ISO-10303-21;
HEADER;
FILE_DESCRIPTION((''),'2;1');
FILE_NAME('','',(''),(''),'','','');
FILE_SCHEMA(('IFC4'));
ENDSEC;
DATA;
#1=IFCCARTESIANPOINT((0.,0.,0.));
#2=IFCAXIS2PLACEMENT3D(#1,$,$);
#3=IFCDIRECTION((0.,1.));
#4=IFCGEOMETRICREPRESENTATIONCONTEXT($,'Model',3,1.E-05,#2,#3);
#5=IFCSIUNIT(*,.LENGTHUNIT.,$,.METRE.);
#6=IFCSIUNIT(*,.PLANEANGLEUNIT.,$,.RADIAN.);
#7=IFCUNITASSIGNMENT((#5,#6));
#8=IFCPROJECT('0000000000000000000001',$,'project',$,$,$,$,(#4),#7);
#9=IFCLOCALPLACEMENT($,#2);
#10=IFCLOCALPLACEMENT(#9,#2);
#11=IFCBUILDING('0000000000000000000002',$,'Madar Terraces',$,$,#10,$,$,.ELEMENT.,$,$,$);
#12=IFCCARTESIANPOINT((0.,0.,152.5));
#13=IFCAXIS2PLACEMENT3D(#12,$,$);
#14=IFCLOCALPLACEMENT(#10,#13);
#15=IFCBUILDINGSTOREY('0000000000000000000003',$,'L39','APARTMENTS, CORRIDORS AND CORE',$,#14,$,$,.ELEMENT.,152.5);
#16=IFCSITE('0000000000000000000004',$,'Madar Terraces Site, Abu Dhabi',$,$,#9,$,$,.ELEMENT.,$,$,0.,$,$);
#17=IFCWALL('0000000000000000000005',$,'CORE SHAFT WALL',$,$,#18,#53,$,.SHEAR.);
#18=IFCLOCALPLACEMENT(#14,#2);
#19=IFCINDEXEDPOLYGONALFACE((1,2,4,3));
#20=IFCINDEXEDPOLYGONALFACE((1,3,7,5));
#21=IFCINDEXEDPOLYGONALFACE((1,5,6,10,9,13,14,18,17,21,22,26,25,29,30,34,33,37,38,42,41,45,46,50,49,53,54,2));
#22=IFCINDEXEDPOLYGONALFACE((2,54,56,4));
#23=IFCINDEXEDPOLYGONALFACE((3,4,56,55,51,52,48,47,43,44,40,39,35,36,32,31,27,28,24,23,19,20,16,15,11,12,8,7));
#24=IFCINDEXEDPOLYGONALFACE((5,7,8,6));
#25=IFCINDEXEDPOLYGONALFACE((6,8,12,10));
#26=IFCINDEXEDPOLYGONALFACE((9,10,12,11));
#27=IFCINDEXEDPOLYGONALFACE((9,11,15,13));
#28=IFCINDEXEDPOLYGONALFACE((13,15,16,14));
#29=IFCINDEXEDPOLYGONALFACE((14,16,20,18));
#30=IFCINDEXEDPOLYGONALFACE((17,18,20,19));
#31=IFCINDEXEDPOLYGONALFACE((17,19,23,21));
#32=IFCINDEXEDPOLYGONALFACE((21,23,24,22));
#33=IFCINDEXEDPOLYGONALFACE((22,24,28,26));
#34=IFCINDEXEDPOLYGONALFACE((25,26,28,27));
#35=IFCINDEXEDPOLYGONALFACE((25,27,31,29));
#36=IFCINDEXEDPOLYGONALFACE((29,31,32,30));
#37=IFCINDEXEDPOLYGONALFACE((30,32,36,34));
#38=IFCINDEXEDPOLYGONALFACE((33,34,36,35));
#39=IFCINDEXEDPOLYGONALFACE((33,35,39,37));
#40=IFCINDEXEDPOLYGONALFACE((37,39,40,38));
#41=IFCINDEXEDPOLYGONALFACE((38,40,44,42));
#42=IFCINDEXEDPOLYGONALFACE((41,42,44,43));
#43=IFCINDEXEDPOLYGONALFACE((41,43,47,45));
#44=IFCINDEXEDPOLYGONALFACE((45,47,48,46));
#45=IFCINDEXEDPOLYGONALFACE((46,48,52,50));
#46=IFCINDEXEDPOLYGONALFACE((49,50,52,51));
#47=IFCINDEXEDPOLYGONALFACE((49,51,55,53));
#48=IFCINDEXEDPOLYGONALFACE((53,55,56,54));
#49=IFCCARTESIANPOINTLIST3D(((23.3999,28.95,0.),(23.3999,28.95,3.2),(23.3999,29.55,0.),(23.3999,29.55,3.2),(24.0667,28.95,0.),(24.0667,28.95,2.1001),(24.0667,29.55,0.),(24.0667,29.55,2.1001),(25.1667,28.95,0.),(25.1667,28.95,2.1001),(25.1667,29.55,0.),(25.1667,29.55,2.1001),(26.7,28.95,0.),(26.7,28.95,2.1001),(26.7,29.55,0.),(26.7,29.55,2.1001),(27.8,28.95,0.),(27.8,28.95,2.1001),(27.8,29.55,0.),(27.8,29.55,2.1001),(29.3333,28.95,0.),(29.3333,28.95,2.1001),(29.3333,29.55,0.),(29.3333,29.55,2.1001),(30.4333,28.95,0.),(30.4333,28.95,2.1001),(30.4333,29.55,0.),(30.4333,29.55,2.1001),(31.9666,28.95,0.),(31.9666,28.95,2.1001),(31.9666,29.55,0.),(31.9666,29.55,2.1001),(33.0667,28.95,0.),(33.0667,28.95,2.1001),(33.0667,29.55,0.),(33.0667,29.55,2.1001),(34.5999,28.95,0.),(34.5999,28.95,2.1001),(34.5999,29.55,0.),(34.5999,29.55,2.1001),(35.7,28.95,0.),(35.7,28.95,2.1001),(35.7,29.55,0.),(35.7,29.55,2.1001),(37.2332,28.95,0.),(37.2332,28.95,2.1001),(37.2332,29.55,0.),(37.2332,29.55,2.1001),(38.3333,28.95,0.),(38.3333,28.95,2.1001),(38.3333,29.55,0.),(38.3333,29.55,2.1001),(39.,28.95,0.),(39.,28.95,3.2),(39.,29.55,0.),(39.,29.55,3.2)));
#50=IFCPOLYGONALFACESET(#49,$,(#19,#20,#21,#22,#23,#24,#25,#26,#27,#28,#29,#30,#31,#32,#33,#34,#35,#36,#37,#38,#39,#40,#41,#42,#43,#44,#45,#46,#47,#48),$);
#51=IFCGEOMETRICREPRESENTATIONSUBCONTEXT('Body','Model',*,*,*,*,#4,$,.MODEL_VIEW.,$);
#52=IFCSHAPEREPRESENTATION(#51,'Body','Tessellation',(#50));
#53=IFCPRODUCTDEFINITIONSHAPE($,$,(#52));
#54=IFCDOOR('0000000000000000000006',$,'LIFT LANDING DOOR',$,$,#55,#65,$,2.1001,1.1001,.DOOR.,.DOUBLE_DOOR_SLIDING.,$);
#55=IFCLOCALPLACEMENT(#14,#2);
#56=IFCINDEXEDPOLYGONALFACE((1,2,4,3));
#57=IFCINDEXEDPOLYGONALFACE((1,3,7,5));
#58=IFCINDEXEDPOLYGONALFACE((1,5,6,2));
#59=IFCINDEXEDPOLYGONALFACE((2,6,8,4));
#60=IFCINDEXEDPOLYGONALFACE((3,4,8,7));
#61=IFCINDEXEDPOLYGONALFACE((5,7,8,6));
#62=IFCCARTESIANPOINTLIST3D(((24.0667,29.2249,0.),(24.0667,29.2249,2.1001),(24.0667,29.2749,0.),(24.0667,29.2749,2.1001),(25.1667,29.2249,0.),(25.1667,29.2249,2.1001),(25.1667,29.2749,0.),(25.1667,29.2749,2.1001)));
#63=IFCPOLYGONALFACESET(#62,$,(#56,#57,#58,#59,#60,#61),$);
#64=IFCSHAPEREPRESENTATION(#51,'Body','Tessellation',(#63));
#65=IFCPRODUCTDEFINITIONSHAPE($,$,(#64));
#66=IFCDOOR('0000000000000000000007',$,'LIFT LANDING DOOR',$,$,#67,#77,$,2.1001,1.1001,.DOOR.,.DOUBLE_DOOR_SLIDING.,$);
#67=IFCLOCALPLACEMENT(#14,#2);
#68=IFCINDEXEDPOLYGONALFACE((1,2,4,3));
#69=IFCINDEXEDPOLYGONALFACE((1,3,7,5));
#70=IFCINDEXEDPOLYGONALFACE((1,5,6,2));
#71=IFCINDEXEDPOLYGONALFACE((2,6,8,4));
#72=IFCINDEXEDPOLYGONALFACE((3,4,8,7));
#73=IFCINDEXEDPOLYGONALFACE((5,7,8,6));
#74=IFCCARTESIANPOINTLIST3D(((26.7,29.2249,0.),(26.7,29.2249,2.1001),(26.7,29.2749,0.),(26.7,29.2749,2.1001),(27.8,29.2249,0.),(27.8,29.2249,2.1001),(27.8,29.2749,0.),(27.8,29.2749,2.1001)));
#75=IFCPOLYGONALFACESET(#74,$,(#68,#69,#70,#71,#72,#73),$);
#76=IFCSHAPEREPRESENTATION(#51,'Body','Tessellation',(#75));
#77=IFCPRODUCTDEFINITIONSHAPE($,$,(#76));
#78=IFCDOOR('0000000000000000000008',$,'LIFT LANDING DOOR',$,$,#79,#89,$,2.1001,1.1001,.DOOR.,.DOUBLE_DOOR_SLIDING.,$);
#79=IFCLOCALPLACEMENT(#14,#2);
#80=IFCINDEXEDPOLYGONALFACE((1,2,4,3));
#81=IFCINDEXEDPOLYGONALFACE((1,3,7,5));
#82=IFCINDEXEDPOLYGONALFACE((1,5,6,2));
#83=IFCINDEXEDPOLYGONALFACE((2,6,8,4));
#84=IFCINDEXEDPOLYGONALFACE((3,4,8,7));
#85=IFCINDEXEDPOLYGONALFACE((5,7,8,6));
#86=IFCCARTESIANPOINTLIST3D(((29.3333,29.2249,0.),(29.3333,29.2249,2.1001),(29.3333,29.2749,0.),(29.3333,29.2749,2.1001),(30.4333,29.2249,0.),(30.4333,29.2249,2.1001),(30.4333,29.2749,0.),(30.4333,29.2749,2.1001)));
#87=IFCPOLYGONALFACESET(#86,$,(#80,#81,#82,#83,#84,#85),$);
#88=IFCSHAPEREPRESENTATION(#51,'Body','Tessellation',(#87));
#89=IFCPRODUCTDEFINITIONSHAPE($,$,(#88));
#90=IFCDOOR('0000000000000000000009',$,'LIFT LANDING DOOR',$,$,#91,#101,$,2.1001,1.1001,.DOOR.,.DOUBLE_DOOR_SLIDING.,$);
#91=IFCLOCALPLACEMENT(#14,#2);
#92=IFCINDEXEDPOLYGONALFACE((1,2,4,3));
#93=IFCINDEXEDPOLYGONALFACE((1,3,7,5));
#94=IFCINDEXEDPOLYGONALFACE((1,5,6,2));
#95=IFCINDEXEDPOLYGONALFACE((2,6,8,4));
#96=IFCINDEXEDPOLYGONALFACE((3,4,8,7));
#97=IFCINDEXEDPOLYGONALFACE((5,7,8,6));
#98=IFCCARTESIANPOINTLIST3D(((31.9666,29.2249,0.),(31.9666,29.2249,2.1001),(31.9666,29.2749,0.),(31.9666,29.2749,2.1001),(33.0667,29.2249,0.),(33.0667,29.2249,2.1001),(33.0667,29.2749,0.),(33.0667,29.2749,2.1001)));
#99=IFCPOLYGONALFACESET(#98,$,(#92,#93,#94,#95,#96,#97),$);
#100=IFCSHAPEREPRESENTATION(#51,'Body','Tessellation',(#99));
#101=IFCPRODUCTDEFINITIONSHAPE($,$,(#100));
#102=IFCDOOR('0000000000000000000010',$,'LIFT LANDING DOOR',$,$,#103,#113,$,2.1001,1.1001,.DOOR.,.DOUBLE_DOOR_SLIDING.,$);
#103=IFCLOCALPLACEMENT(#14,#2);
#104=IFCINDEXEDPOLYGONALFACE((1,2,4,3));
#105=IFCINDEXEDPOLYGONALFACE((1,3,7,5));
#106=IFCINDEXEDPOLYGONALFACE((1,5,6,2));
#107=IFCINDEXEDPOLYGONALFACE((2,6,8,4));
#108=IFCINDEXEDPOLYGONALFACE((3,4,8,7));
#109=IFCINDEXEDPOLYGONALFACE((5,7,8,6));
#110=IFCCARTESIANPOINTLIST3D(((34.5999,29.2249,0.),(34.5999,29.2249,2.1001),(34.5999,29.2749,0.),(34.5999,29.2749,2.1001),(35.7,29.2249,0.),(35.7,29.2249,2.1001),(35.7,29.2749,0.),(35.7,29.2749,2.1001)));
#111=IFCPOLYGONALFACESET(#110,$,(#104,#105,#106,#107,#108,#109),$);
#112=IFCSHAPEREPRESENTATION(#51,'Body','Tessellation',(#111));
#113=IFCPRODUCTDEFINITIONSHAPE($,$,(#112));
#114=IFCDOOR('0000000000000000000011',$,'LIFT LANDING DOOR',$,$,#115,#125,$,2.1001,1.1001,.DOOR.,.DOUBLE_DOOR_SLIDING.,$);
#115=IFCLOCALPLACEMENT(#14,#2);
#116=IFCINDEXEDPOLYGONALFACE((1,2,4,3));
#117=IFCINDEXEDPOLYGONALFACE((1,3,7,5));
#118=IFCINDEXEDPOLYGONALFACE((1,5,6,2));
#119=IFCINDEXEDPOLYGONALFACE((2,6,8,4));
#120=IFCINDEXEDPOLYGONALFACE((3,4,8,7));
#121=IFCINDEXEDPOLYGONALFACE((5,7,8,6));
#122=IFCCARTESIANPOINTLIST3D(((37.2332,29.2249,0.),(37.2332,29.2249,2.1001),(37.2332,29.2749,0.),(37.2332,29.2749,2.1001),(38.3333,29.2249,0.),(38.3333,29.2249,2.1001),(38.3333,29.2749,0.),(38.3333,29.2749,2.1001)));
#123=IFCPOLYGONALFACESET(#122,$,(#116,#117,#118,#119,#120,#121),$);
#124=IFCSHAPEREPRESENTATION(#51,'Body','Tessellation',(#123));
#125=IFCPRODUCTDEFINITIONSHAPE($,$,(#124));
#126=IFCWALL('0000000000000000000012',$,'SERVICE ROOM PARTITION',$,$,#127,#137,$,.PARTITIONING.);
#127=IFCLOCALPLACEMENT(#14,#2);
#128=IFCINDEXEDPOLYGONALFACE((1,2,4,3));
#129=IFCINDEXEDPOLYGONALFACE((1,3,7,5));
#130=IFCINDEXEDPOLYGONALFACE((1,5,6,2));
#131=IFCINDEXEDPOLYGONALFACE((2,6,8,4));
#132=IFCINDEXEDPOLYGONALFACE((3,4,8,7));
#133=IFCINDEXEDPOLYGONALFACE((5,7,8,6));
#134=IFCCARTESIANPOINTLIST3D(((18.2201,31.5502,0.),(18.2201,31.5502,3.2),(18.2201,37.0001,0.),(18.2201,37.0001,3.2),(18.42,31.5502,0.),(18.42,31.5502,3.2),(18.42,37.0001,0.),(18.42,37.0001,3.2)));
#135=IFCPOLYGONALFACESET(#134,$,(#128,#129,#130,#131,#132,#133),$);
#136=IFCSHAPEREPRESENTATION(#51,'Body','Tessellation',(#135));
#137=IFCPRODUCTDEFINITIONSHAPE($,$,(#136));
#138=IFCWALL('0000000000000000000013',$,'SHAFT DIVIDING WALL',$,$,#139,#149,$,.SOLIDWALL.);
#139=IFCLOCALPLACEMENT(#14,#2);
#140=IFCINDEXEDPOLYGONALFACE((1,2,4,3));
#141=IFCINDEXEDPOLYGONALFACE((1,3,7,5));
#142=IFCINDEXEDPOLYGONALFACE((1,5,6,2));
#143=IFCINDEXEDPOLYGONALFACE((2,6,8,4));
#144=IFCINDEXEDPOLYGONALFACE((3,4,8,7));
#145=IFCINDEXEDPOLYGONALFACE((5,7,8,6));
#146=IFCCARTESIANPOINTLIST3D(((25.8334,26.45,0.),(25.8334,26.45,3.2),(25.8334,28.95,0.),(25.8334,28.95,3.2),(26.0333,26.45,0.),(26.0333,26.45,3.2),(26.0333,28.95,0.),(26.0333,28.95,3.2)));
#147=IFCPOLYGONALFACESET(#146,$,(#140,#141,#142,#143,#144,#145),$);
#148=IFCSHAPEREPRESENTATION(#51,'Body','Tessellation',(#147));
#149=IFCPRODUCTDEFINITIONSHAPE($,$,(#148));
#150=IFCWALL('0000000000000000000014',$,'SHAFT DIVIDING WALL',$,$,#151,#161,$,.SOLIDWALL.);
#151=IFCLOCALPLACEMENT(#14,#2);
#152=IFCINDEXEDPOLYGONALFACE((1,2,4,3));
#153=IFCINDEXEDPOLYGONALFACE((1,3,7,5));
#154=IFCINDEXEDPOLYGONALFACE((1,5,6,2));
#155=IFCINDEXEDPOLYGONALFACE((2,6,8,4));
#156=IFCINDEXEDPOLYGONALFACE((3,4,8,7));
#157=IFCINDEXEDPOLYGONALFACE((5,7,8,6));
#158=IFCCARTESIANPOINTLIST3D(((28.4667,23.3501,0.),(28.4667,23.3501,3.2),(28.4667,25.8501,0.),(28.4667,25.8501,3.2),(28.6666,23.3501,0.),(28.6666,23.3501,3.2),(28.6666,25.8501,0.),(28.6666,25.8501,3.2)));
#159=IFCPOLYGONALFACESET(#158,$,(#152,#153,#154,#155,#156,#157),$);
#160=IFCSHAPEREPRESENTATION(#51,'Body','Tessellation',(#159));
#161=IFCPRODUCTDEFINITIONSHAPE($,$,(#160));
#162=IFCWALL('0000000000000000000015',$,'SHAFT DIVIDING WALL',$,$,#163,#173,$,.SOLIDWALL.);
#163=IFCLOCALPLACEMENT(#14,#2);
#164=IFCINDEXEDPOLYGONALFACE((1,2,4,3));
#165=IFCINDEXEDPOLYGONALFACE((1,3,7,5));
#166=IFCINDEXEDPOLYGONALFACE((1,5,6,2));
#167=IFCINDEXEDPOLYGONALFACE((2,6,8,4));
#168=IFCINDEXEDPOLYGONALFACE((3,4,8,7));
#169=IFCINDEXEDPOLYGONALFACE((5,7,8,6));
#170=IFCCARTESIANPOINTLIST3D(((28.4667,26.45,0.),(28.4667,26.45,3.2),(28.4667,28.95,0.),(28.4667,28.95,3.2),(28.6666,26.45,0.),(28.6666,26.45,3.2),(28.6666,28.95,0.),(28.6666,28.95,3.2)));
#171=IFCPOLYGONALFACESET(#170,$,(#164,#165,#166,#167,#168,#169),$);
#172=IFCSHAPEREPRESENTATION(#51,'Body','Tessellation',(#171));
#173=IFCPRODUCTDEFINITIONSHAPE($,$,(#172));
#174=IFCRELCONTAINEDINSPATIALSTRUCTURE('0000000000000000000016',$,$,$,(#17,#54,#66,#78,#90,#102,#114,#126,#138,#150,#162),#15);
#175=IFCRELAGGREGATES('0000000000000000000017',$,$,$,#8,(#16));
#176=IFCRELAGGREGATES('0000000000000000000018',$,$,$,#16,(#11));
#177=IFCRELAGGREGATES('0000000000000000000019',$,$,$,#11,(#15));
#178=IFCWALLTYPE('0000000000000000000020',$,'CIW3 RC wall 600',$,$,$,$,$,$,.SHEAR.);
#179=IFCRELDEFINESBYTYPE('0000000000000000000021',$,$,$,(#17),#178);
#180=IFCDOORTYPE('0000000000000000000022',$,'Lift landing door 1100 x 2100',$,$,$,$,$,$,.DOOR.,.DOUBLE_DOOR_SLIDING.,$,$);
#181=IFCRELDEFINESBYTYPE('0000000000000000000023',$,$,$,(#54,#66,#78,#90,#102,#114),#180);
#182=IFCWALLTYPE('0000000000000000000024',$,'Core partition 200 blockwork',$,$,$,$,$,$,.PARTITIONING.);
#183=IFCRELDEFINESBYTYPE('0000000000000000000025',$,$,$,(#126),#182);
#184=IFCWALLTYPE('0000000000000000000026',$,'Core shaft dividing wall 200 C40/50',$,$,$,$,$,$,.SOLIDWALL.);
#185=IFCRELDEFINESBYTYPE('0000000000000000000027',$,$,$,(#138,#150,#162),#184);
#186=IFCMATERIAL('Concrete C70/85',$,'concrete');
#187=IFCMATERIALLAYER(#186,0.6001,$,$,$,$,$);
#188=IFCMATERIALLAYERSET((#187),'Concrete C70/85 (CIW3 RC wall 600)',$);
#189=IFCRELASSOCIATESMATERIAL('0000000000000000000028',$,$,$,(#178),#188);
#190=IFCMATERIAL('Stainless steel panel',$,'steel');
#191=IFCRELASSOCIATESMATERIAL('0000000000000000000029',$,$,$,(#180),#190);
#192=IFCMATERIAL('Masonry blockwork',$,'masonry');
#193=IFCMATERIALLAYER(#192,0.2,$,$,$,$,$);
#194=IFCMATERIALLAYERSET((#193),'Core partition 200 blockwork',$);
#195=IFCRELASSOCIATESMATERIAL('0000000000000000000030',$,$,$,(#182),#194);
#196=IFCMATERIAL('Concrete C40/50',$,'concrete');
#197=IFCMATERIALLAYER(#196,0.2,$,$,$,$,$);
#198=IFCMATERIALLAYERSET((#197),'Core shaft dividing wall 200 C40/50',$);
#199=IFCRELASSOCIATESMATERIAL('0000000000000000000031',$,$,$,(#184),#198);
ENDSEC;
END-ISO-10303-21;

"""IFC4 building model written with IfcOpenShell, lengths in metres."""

from ifc_helpers import new_model, si_unit, direction, frame, frame_2d, origin, place, context, subcontext, project, spatial, rectangle, extrude, material, layer, layer_set, type_object, element, fill, save


model = new_model("IFC4")

# Units and contexts
model_context = context("Model", 3, precision=1e-05, world=origin(), true_north=direction((0.0, 1.0)))
body_context = subcontext(model_context, "Body", "Model", "MODEL_VIEW")
ifc_project = project(units=[si_unit("LENGTHUNIT", "METRE"), si_unit("PLANEANGLEUNIT", "RADIAN")], contexts=[model_context])

# Site, building, storey
site_placement = place(None, origin())
site = spatial("IfcSite", under=ifc_project, at=site_placement, Name="Madar Terraces Site, Abu Dhabi", CompositionType="ELEMENT", RefElevation=0.0)
building_placement = place(site_placement, origin())
building = spatial("IfcBuilding", under=site, at=building_placement, Name="Madar Terraces", CompositionType="ELEMENT")
storey_placement = place(building_placement, frame((0.0, 0.0, 152.5)))
storey = spatial("IfcBuildingStorey", under=building, at=storey_placement, Name="L39", Description="APARTMENTS, CORRIDORS AND CORE", CompositionType="ELEMENT", Elevation=152.5)

# Shared definitions
ifc_material_1 = material(Name="Concrete C70/85", Category="concrete")
ifc_layer_1 = layer(ifc_material_1, 0.6001)
ifc_layer_set_1 = layer_set([ifc_layer_1], Name="Concrete C70/85 (CIW3 RC wall 600)")
wall_type_1 = type_object("IfcWallType", Name="CIW3 RC wall 600", PredefinedType="SHEAR", material=ifc_layer_set_1)

# Wall, openings, doors
wall_1_placement = place(storey_placement, frame((23.3999, 29.25, 0.0), z_axis=(0.0, 0.0, 1.0), x_axis=(1.0, 0.0, 0.0)))
wall_1 = element("IfcWall", 1, at=wall_1_placement, inside=storey, type_object=wall_type_1, Name="CORE SHAFT WALL", PredefinedType="SHEAR", context=body_context, shape_type="SweptSolid", body=[
    extrude(rectangle(XDim=15.6001, YDim=0.6001, at=frame_2d((7.8, 0.0))), origin(), (0.0, 0.0, 1.0), 3.2),
])
opening_1_placement = place(wall_1_placement, frame((0.6667, 0.0, 0.0)))
opening_1 = element("IfcOpeningElement", 2, at=opening_1_placement, cuts=wall_1, PredefinedType="OPENING", context=body_context, shape_type="SweptSolid", body=[
    extrude(rectangle(XDim=1.1001, YDim=2.1001, at=frame_2d((0.55, 1.05))), frame((0.0, 0.3101, 0.0), z_axis=(0.0, -1.0, 0.0), x_axis=(1.0, 0.0, 0.0)), (0.0, 0.0, 1.0), 0.6201),
])
opening_2_placement = place(wall_1_placement, frame((3.3, 0.0, 0.0)))
opening_2 = element("IfcOpeningElement", 3, at=opening_2_placement, cuts=wall_1, PredefinedType="OPENING", context=body_context, shape_type="SweptSolid", body=[
    extrude(rectangle(XDim=1.1001, YDim=2.1001, at=frame_2d((0.55, 1.05))), frame((0.0, 0.3101, 0.0), z_axis=(0.0, -1.0, 0.0), x_axis=(1.0, 0.0, 0.0)), (0.0, 0.0, 1.0), 0.6201),
])
opening_3_placement = place(wall_1_placement, frame((5.9333, 0.0, 0.0)))
opening_3 = element("IfcOpeningElement", 4, at=opening_3_placement, cuts=wall_1, PredefinedType="OPENING", context=body_context, shape_type="SweptSolid", body=[
    extrude(rectangle(XDim=1.1001, YDim=2.1001, at=frame_2d((0.55, 1.05))), frame((0.0, 0.3101, 0.0), z_axis=(0.0, -1.0, 0.0), x_axis=(1.0, 0.0, 0.0)), (0.0, 0.0, 1.0), 0.6201),
])
opening_4_placement = place(wall_1_placement, frame((8.5667, 0.0, 0.0)))
opening_4 = element("IfcOpeningElement", 5, at=opening_4_placement, cuts=wall_1, PredefinedType="OPENING", context=body_context, shape_type="SweptSolid", body=[
    extrude(rectangle(XDim=1.1001, YDim=2.1001, at=frame_2d((0.55, 1.05))), frame((0.0, 0.3101, 0.0), z_axis=(0.0, -1.0, 0.0), x_axis=(1.0, 0.0, 0.0)), (0.0, 0.0, 1.0), 0.6201),
])
opening_5_placement = place(wall_1_placement, frame((11.2, 0.0, 0.0)))
opening_5 = element("IfcOpeningElement", 6, at=opening_5_placement, cuts=wall_1, PredefinedType="OPENING", context=body_context, shape_type="SweptSolid", body=[
    extrude(rectangle(XDim=1.1001, YDim=2.1001, at=frame_2d((0.55, 1.05))), frame((0.0, 0.3101, 0.0), z_axis=(0.0, -1.0, 0.0), x_axis=(1.0, 0.0, 0.0)), (0.0, 0.0, 1.0), 0.6201),
])
opening_6_placement = place(wall_1_placement, frame((13.8333, 0.0, 0.0)))
opening_6 = element("IfcOpeningElement", 7, at=opening_6_placement, cuts=wall_1, PredefinedType="OPENING", context=body_context, shape_type="SweptSolid", body=[
    extrude(rectangle(XDim=1.1001, YDim=2.1001, at=frame_2d((0.55, 1.05))), frame((0.0, 0.3101, 0.0), z_axis=(0.0, -1.0, 0.0), x_axis=(1.0, 0.0, 0.0)), (0.0, 0.0, 1.0), 0.6201),
])
ifc_material_2 = material(Name="Stainless steel panel", Category="steel")
door_type_1 = type_object("IfcDoorType", Name="Lift landing door 1100 x 2100", OperationType="DOUBLE_DOOR_SLIDING", PredefinedType="DOOR", material=ifc_material_2)
door_1_placement = place(opening_1_placement, origin())
door_1 = element("IfcDoor", 8, at=door_1_placement, inside=storey, type_object=door_type_1, Name="LIFT LANDING DOOR", OperationType="DOUBLE_DOOR_SLIDING", OverallHeight=2.1001, OverallWidth=1.1001, PredefinedType="DOOR", context=body_context, shape_type="SweptSolid", body=[
    extrude(rectangle(XDim=1.1001, YDim=2.1001, at=frame_2d((0.55, 1.05))), frame((0.0, 0.0249, 0.0), z_axis=(0.0, -1.0, 0.0), x_axis=(1.0, 0.0, 0.0)), (0.0, 0.0, 1.0), 0.05),
])
fill(opening_1, door_1)
door_2_placement = place(opening_2_placement, origin())
door_2 = element("IfcDoor", 9, at=door_2_placement, inside=storey, type_object=door_type_1, Name="LIFT LANDING DOOR", OperationType="DOUBLE_DOOR_SLIDING", OverallHeight=2.1001, OverallWidth=1.1001, PredefinedType="DOOR", context=body_context, shape_type="SweptSolid", body=[
    extrude(rectangle(XDim=1.1001, YDim=2.1001, at=frame_2d((0.55, 1.05))), frame((0.0, 0.0249, 0.0), z_axis=(0.0, -1.0, 0.0), x_axis=(1.0, 0.0, 0.0)), (0.0, 0.0, 1.0), 0.05),
])
fill(opening_2, door_2)
door_3_placement = place(opening_3_placement, origin())
door_3 = element("IfcDoor", 10, at=door_3_placement, inside=storey, type_object=door_type_1, Name="LIFT LANDING DOOR", OperationType="DOUBLE_DOOR_SLIDING", OverallHeight=2.1001, OverallWidth=1.1001, PredefinedType="DOOR", context=body_context, shape_type="SweptSolid", body=[
    extrude(rectangle(XDim=1.1001, YDim=2.1001, at=frame_2d((0.55, 1.05))), frame((0.0, 0.0249, 0.0), z_axis=(0.0, -1.0, 0.0), x_axis=(1.0, 0.0, 0.0)), (0.0, 0.0, 1.0), 0.05),
])
fill(opening_3, door_3)
door_4_placement = place(opening_4_placement, origin())
door_4 = element("IfcDoor", 11, at=door_4_placement, inside=storey, type_object=door_type_1, Name="LIFT LANDING DOOR", OperationType="DOUBLE_DOOR_SLIDING", OverallHeight=2.1001, OverallWidth=1.1001, PredefinedType="DOOR", context=body_context, shape_type="SweptSolid", body=[
    extrude(rectangle(XDim=1.1001, YDim=2.1001, at=frame_2d((0.55, 1.05))), frame((0.0, 0.0249, 0.0), z_axis=(0.0, -1.0, 0.0), x_axis=(1.0, 0.0, 0.0)), (0.0, 0.0, 1.0), 0.05),
])
fill(opening_4, door_4)
door_5_placement = place(opening_5_placement, origin())
door_5 = element("IfcDoor", 12, at=door_5_placement, inside=storey, type_object=door_type_1, Name="LIFT LANDING DOOR", OperationType="DOUBLE_DOOR_SLIDING", OverallHeight=2.1001, OverallWidth=1.1001, PredefinedType="DOOR", context=body_context, shape_type="SweptSolid", body=[
    extrude(rectangle(XDim=1.1001, YDim=2.1001, at=frame_2d((0.55, 1.05))), frame((0.0, 0.0249, 0.0), z_axis=(0.0, -1.0, 0.0), x_axis=(1.0, 0.0, 0.0)), (0.0, 0.0, 1.0), 0.05),
])
fill(opening_5, door_5)
door_6_placement = place(opening_6_placement, origin())
door_6 = element("IfcDoor", 13, at=door_6_placement, inside=storey, type_object=door_type_1, Name="LIFT LANDING DOOR", OperationType="DOUBLE_DOOR_SLIDING", OverallHeight=2.1001, OverallWidth=1.1001, PredefinedType="DOOR", context=body_context, shape_type="SweptSolid", body=[
    extrude(rectangle(XDim=1.1001, YDim=2.1001, at=frame_2d((0.55, 1.05))), frame((0.0, 0.0249, 0.0), z_axis=(0.0, -1.0, 0.0), x_axis=(1.0, 0.0, 0.0)), (0.0, 0.0, 1.0), 0.05),
])
fill(opening_6, door_6)

# Walls
ifc_material_3 = material(Name="Masonry blockwork", Category="masonry")
ifc_layer_2 = layer(ifc_material_3, 0.2)
ifc_layer_set_2 = layer_set([ifc_layer_2], Name="Core partition 200 blockwork")
wall_type_2 = type_object("IfcWallType", Name="Core partition 200 blockwork", PredefinedType="PARTITIONING", material=ifc_layer_set_2)
wall_2_placement = place(storey_placement, frame((18.3201, 31.55, 0.0), z_axis=(0.0, 0.0, 1.0), x_axis=(0.0, 1.0, 0.0)))
element("IfcWall", 14, at=wall_2_placement, inside=storey, type_object=wall_type_2, Name="SERVICE ROOM PARTITION", PredefinedType="PARTITIONING", context=body_context, shape_type="SweptSolid", body=[
    extrude(rectangle(XDim=5.45, YDim=0.2, at=frame_2d((2.7251, 0.0))), origin(), (0.0, 0.0, 1.0), 3.2),
])
ifc_material_4 = material(Name="Concrete C40/50", Category="concrete")
ifc_layer_3 = layer(ifc_material_4, 0.2)
ifc_layer_set_3 = layer_set([ifc_layer_3], Name="Core shaft dividing wall 200 C40/50")
wall_type_3 = type_object("IfcWallType", Name="Core shaft dividing wall 200 C40/50", PredefinedType="SOLIDWALL", material=ifc_layer_set_3)
for number, where, z_axis, x_axis, name in (
    (15, (25.9333, 26.45, 0.0), (0.0, 0.0, 1.0), (0.0, 1.0, 0.0), "SHAFT DIVIDING WALL"),
    (16, (28.5667, 23.3501, 0.0), (0.0, 0.0, 1.0), (0.0, 1.0, 0.0), "SHAFT DIVIDING WALL"),
    (17, (28.5667, 26.45, 0.0), (0.0, 0.0, 1.0), (0.0, 1.0, 0.0), "SHAFT DIVIDING WALL"),
):
    element("IfcWall", number, at=place(storey_placement, frame(where, z_axis=z_axis, x_axis=x_axis)), inside=storey, type_object=wall_type_3, Name=name, PredefinedType="SOLIDWALL", context=body_context, shape_type="SweptSolid", body=[
        extrude(rectangle(XDim=2.5, YDim=0.2, at=frame_2d((1.25, 0.0))), origin(), (0.0, 0.0, 1.0), 3.2),
    ])

save(model, "model.ifc")
